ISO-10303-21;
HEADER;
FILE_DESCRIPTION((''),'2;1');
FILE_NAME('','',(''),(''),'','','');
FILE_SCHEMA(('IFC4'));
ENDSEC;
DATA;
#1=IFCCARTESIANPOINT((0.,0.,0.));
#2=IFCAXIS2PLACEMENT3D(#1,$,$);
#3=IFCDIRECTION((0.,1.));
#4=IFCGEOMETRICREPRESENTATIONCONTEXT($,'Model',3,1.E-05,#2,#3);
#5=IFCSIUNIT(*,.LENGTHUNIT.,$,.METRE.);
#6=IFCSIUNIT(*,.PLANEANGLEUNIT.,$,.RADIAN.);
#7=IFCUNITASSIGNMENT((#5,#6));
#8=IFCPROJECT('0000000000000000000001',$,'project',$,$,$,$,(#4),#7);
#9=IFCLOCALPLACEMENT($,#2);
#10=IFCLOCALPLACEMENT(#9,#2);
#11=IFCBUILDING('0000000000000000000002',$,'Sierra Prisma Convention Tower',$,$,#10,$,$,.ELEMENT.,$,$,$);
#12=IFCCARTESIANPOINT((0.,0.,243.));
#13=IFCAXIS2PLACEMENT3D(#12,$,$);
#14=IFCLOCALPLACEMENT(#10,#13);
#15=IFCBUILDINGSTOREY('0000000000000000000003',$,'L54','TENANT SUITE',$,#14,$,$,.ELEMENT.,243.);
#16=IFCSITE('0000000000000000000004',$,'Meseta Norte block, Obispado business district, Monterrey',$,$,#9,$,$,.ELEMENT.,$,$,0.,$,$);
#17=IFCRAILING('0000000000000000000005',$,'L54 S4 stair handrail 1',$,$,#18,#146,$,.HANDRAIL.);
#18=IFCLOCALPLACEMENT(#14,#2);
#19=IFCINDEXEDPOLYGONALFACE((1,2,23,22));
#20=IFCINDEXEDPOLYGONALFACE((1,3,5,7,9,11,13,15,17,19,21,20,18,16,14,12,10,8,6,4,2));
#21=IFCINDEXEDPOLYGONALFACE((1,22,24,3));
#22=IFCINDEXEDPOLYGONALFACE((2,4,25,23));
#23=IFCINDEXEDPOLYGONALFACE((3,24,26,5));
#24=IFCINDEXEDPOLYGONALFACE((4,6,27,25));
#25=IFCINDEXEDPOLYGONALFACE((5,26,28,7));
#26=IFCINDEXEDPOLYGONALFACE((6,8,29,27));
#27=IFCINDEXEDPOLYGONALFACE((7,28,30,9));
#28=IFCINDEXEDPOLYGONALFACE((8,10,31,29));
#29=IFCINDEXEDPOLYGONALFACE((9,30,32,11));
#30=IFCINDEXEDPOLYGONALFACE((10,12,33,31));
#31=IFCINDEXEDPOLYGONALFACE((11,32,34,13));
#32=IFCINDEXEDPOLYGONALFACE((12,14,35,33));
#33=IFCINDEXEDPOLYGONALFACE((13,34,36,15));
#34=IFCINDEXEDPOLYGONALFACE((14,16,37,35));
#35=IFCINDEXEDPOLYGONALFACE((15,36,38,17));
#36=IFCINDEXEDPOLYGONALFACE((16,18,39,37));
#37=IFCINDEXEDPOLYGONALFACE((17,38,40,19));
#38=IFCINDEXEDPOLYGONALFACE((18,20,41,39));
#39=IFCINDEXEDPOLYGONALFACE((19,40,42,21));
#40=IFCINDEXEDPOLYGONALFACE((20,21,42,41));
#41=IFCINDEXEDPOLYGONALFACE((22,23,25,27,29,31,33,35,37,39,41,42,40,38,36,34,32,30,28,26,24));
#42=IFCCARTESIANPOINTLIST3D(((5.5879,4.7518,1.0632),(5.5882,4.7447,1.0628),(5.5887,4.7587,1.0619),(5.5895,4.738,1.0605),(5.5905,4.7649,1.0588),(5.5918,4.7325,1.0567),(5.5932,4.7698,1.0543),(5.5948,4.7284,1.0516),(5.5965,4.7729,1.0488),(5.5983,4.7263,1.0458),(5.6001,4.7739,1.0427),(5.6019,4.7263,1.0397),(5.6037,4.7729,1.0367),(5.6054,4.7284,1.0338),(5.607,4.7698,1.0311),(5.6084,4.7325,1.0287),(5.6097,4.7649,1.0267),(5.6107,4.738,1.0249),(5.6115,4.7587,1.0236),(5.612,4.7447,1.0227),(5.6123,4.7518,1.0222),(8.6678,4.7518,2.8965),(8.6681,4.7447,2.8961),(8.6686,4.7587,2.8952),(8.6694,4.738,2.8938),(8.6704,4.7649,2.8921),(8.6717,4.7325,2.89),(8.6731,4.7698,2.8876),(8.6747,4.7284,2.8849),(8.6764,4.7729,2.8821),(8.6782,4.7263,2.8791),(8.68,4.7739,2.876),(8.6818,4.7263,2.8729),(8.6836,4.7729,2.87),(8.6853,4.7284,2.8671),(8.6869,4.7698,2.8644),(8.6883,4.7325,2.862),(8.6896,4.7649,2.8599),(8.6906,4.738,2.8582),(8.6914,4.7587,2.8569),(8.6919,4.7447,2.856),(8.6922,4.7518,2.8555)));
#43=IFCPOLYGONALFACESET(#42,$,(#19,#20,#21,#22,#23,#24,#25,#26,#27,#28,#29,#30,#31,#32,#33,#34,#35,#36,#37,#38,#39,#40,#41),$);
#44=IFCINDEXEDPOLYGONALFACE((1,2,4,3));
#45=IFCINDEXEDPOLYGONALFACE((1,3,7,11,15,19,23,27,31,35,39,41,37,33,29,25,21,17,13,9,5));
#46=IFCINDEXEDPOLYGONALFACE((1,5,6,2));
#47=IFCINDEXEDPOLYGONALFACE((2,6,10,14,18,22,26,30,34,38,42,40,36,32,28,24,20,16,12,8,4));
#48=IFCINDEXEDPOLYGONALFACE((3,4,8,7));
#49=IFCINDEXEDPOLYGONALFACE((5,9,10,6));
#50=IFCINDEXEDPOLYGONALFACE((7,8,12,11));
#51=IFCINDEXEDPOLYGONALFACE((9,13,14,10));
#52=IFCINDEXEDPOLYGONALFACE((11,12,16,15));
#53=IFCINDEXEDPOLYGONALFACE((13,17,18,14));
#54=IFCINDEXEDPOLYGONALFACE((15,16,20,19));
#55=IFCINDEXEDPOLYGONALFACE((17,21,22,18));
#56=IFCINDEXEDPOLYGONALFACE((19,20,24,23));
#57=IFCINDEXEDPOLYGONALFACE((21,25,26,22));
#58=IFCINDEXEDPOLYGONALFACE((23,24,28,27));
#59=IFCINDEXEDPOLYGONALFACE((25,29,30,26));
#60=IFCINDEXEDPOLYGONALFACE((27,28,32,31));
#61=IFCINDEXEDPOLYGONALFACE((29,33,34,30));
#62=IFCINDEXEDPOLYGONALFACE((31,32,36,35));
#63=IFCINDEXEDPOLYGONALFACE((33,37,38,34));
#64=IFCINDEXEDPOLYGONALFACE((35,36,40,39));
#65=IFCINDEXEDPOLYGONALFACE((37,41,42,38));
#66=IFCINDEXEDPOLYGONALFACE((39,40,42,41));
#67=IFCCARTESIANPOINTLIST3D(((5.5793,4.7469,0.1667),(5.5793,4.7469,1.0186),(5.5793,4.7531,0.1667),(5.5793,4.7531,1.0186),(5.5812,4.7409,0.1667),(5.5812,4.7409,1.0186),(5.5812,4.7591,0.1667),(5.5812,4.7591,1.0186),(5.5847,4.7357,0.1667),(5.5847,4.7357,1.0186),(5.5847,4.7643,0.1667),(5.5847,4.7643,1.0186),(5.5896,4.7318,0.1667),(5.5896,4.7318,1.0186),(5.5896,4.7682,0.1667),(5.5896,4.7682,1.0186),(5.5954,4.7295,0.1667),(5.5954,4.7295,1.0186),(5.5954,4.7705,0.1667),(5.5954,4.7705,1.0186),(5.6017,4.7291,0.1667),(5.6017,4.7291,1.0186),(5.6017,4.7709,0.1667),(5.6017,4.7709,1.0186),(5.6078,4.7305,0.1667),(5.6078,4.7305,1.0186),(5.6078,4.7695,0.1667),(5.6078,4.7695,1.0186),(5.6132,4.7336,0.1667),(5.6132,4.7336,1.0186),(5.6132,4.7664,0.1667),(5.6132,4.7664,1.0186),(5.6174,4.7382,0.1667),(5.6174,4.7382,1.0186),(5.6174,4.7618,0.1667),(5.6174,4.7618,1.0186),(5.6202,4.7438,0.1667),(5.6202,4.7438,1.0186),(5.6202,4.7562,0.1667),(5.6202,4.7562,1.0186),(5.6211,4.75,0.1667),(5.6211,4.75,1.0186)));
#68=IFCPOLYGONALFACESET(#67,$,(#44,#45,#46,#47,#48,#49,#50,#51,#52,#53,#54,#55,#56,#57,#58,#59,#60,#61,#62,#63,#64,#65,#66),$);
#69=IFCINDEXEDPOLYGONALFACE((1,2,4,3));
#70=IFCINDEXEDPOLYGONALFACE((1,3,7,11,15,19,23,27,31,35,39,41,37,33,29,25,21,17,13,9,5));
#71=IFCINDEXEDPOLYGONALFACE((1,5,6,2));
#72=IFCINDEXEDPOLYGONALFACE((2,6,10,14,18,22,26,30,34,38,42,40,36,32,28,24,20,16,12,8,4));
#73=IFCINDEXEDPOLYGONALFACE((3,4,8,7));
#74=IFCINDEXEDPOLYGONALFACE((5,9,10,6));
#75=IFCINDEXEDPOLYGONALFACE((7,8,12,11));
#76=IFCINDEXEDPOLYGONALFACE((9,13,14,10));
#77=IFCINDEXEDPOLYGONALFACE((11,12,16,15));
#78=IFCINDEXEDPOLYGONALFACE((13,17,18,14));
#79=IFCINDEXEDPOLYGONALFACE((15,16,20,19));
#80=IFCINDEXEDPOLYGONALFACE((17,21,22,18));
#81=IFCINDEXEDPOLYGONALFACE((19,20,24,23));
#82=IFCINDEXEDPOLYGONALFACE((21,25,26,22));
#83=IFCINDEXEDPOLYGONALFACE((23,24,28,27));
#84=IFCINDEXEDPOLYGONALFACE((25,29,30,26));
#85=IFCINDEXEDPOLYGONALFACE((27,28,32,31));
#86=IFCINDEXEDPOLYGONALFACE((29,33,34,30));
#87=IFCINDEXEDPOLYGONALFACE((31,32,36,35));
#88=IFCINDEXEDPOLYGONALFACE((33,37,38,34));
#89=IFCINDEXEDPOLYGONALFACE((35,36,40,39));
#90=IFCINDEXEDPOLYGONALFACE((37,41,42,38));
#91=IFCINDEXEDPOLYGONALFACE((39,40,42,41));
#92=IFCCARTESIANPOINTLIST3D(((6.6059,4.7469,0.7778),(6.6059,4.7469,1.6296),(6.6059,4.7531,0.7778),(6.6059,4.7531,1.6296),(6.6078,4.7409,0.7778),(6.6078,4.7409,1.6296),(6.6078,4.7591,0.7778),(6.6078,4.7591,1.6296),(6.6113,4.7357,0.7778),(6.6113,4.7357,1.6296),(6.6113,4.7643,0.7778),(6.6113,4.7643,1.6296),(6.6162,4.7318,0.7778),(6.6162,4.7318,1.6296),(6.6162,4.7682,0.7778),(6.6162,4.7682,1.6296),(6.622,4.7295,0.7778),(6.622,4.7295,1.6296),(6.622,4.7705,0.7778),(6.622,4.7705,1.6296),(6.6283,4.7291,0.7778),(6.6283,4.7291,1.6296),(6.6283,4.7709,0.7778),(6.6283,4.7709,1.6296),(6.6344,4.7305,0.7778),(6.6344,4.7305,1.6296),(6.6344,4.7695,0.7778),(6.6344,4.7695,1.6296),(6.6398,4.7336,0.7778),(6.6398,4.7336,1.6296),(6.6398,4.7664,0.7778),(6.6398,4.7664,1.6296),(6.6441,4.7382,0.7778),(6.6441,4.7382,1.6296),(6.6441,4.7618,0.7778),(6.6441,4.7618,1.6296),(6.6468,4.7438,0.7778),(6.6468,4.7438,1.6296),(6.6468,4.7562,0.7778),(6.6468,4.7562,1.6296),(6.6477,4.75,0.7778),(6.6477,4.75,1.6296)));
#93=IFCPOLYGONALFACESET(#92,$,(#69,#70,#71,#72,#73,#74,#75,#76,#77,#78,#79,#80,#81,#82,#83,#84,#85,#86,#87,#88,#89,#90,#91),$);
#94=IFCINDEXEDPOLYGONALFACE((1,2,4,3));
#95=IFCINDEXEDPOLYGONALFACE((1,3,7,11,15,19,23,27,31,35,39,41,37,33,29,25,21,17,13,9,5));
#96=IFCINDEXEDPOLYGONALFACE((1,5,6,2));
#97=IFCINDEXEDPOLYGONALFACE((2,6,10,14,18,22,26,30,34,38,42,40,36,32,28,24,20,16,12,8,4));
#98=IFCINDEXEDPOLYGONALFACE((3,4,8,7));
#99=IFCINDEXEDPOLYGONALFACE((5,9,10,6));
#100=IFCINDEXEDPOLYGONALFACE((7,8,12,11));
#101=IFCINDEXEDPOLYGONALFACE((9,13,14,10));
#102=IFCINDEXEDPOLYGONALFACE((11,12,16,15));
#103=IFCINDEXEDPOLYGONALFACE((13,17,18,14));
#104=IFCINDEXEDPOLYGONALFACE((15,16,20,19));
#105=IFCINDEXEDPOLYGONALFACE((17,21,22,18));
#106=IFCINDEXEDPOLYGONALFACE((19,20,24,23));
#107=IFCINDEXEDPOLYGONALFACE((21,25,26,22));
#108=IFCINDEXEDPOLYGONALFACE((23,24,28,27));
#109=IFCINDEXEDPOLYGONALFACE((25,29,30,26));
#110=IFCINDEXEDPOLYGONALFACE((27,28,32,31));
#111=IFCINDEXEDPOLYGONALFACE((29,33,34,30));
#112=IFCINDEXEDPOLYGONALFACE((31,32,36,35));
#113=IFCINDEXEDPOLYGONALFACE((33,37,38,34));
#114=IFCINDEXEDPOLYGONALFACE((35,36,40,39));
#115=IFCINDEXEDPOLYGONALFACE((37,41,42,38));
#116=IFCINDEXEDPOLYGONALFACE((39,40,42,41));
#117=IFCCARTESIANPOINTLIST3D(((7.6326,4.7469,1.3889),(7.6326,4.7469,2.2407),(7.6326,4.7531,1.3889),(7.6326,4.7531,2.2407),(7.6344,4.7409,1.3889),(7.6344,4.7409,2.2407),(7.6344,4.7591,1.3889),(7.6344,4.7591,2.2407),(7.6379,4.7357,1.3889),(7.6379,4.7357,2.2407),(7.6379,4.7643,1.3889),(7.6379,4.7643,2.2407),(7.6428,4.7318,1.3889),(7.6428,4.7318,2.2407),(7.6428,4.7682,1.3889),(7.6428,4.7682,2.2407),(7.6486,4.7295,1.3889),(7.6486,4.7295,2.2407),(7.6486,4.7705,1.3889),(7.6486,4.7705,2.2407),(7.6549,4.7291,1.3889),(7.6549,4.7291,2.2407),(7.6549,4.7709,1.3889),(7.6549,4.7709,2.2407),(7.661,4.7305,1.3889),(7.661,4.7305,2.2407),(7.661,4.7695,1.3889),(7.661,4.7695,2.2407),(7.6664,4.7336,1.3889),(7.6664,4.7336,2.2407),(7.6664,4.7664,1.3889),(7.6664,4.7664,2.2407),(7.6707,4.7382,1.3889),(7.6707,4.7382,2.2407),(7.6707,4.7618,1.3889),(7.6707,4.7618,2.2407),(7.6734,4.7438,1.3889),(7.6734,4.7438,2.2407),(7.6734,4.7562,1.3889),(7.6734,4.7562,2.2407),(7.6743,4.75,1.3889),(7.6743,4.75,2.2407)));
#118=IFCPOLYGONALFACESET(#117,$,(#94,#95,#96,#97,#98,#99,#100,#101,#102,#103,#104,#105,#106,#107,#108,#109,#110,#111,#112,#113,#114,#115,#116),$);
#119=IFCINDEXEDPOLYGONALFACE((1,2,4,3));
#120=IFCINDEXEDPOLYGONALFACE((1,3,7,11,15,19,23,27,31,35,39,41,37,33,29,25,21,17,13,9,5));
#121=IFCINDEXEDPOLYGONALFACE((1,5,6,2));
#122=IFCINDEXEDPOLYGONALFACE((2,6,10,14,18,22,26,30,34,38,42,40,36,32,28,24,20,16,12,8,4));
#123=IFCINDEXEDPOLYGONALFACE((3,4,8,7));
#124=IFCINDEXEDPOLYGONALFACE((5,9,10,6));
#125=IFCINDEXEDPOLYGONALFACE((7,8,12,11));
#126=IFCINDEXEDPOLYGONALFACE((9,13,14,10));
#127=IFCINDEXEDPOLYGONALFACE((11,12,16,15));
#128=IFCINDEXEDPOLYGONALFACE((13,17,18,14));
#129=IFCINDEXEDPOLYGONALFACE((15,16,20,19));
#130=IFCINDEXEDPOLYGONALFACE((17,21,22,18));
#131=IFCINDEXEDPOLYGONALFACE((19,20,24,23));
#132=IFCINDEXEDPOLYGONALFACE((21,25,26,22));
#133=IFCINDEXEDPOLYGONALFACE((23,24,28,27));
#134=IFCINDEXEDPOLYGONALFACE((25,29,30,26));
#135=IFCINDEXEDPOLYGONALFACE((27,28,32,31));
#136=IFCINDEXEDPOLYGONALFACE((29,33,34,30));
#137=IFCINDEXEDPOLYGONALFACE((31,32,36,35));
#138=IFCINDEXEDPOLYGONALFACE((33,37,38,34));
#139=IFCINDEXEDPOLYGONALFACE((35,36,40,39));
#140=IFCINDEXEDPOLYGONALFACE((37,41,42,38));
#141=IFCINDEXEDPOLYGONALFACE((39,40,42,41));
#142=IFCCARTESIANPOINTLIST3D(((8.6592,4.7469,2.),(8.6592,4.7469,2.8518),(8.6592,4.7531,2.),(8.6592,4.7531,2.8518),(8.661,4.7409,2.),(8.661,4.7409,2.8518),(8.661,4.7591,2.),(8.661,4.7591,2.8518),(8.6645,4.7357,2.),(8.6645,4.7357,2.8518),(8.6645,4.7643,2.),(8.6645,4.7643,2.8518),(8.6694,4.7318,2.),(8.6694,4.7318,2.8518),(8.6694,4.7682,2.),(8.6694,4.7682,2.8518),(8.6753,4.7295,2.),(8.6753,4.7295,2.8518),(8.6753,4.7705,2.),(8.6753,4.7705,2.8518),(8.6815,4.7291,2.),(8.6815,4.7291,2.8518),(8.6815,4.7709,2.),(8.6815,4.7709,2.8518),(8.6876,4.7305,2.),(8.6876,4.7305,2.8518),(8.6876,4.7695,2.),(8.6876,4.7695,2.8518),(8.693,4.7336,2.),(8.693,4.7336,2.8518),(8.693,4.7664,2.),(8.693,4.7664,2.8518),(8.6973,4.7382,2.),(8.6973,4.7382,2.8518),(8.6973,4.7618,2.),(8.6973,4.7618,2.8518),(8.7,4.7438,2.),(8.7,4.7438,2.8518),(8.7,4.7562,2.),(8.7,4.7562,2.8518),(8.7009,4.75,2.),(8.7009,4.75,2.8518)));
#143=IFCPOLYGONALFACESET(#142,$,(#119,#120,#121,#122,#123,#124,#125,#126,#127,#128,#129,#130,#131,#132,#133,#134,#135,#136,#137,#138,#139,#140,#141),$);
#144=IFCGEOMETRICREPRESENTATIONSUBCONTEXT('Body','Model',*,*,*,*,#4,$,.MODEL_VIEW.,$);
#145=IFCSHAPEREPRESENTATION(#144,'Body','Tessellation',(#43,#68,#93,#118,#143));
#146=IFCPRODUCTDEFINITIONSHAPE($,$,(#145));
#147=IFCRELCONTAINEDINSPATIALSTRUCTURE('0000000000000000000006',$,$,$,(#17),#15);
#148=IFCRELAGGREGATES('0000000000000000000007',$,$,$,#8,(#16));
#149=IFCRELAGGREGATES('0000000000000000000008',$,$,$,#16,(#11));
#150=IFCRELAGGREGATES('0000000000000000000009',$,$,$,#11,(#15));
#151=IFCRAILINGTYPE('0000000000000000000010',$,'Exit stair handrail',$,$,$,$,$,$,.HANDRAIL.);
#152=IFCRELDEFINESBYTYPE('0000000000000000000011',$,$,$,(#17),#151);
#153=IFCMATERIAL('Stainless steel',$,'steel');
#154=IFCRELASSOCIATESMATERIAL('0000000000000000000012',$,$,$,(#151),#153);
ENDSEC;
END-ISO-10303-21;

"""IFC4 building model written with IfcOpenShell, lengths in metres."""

from ifc_helpers import new_model, si_unit, direction, frame, origin, origin_2d, place, context, subcontext, project, spatial, circle, extrude, material, type_object, element, save


model = new_model("IFC4")

# Units and contexts
model_context = context("Model", 3, precision=1e-05, world=origin(), true_north=direction((0.0, 1.0)))
body_context = subcontext(model_context, "Body", "Model", "MODEL_VIEW")
ifc_project = project(units=[si_unit("LENGTHUNIT", "METRE"), si_unit("PLANEANGLEUNIT", "RADIAN")], contexts=[model_context])

# Site, building, storey
site_placement = place(None, origin())
site = spatial("IfcSite", under=ifc_project, at=site_placement, Name="Meseta Norte block, Obispado business district, Monterrey", CompositionType="ELEMENT", RefElevation=0.0)
building_placement = place(site_placement, origin())
building = spatial("IfcBuilding", under=site, at=building_placement, Name="Sierra Prisma Convention Tower", CompositionType="ELEMENT")
storey_placement = place(building_placement, frame((0.0, 0.0, 243.0)))
storey = spatial("IfcBuildingStorey", under=building, at=storey_placement, Name="L54", Description="TENANT SUITE", CompositionType="ELEMENT", Elevation=243.0)

# Railing
ifc_material_1 = material(Name="Stainless steel", Category="steel")
railing_type_1 = type_object("IfcRailingType", Name="Exit stair handrail", PredefinedType="HANDRAIL", material=ifc_material_1)
railing_1_placement = place(storey_placement, frame((5.6001, 4.75, 0.1667)))
element("IfcRailing", 1, at=railing_1_placement, inside=storey, type_object=railing_type_1, Name="L54 S4 stair handrail 1", PredefinedType="HANDRAIL", context=body_context, shape_type="SweptSolid", body=[
    extrude(circle(Radius=0.0239, at=origin_2d()), frame((0.0, 0.0, 0.876), z_axis=(0.859291, 0.0, 0.511487), x_axis=(0.0, 1.0, 0.0)), (0.0, 0.0, 1.0), 3.5842),
    extrude(circle(Radius=0.021, at=origin_2d()), origin(), (0.0, 0.0, 1.0), 0.8518),
    extrude(circle(Radius=0.021, at=origin_2d()), frame((1.0266, 0.0, 0.6111)), (0.0, 0.0, 1.0), 0.8518),
    extrude(circle(Radius=0.021, at=origin_2d()), frame((2.0532, 0.0, 1.2222)), (0.0, 0.0, 1.0), 0.8518),
    extrude(circle(Radius=0.021, at=origin_2d()), frame((3.0798, 0.0, 1.8333)), (0.0, 0.0, 1.0), 0.8518),
])

save(model, "model.ifc")
